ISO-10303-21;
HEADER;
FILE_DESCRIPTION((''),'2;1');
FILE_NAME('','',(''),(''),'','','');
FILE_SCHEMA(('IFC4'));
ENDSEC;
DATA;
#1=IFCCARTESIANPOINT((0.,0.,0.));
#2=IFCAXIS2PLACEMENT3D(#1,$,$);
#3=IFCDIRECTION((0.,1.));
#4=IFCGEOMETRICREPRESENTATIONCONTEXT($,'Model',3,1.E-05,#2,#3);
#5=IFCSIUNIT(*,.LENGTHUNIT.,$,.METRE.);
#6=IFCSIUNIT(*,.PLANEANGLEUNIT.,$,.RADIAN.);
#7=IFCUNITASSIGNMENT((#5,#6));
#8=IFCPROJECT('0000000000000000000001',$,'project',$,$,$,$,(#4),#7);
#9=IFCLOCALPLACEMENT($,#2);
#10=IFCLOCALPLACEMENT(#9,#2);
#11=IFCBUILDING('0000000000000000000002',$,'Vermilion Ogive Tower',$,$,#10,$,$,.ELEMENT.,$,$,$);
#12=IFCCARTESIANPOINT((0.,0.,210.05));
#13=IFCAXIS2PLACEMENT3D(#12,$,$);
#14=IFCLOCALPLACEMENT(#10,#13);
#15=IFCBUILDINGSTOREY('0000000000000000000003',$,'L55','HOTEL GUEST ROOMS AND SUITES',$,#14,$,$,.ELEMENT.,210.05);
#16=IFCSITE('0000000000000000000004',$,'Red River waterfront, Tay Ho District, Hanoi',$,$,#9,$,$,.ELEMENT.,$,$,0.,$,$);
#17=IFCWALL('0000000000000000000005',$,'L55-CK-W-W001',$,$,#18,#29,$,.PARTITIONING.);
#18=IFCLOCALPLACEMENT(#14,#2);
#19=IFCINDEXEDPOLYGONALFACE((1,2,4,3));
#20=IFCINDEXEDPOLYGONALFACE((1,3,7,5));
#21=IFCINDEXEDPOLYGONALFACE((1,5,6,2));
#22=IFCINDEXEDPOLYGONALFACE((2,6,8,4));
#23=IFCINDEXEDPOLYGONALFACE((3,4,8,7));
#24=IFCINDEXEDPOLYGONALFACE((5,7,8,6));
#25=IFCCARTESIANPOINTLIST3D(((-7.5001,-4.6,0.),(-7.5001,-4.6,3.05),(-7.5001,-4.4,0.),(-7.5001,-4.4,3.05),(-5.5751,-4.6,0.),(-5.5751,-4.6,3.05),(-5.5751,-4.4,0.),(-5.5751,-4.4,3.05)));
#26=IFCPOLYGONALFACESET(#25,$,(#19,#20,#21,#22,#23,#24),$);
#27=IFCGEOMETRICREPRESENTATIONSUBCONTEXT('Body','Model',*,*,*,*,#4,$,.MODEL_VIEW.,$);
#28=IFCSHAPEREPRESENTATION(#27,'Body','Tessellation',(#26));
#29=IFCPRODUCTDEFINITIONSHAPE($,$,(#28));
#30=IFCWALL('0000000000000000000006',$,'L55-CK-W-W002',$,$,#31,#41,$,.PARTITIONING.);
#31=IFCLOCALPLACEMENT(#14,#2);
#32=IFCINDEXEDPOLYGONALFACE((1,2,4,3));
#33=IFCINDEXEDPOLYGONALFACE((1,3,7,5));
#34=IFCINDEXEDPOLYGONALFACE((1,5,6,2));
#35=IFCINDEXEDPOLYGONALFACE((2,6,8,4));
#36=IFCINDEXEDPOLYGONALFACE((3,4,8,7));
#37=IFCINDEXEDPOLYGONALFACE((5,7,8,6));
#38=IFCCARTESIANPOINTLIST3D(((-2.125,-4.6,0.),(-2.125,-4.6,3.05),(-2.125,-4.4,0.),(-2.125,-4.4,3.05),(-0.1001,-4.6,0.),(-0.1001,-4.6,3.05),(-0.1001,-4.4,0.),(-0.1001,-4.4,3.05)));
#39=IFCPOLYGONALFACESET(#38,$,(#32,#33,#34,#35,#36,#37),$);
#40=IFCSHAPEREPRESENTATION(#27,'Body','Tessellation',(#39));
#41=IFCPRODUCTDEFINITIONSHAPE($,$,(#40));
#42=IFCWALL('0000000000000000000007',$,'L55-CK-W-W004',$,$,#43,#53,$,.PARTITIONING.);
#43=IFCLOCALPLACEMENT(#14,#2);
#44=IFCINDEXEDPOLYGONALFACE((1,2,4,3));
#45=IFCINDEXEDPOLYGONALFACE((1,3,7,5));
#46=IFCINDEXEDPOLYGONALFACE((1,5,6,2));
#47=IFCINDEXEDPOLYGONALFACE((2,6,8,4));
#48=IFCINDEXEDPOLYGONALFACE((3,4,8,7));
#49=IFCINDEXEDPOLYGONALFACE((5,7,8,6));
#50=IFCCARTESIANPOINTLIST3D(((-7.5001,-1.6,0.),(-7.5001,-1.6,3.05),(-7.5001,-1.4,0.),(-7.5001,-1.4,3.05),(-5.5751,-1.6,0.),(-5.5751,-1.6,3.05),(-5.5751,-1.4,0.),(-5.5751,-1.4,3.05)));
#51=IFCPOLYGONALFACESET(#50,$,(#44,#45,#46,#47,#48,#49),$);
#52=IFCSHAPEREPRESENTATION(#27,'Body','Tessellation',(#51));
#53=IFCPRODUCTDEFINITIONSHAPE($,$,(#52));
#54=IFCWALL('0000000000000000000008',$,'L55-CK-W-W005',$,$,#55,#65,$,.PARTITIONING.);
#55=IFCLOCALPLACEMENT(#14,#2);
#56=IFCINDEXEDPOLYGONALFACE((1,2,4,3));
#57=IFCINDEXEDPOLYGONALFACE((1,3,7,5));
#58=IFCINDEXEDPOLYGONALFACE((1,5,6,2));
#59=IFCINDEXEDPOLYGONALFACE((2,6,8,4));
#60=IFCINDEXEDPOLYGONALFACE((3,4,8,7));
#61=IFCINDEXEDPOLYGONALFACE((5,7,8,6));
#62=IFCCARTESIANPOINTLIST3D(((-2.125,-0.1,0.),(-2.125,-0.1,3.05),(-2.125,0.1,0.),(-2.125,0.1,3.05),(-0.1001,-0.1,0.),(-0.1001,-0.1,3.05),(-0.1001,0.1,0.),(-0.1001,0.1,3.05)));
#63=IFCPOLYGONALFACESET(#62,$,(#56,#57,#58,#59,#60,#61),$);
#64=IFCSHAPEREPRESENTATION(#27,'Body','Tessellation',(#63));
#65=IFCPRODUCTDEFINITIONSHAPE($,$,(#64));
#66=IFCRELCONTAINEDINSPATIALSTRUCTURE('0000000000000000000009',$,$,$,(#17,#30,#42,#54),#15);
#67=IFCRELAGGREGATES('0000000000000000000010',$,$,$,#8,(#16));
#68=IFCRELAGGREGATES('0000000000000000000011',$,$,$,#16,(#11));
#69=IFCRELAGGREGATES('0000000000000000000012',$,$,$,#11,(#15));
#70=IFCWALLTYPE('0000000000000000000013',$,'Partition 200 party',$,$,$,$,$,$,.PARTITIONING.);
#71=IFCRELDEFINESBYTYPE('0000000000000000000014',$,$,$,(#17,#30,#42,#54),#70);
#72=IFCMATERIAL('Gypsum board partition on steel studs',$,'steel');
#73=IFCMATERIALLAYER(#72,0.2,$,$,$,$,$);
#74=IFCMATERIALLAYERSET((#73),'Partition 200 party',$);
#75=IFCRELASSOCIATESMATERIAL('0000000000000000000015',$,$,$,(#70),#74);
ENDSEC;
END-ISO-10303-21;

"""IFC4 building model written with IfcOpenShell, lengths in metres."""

from ifc_helpers import new_model, si_unit, direction, frame, frame_2d, origin, place, context, subcontext, project, spatial, rectangle, extrude, material, layer, layer_set, type_object, element, save


model = new_model("IFC4")

# Units and contexts
model_context = context("Model", 3, precision=1e-05, world=origin(), true_north=direction((0.0, 1.0)))
body_context = subcontext(model_context, "Body", "Model", "MODEL_VIEW")
ifc_project = project(units=[si_unit("LENGTHUNIT", "METRE"), si_unit("PLANEANGLEUNIT", "RADIAN")], contexts=[model_context])

# Site, building, storey
site_placement = place(None, origin())
site = spatial("IfcSite", under=ifc_project, at=site_placement, Name="Red River waterfront, Tay Ho District, Hanoi", CompositionType="ELEMENT", RefElevation=0.0)
building_placement = place(site_placement, origin())
building = spatial("IfcBuilding", under=site, at=building_placement, Name="Vermilion Ogive Tower", CompositionType="ELEMENT")
storey_placement = place(building_placement, frame((0.0, 0.0, 210.05)))
storey = spatial("IfcBuildingStorey", under=building, at=storey_placement, Name="L55", Description="HOTEL GUEST ROOMS AND SUITES", CompositionType="ELEMENT", Elevation=210.05)

# Walls
ifc_material_1 = material(Name="Gypsum board partition on steel studs", Category="steel")
ifc_layer_1 = layer(ifc_material_1, 0.2)
ifc_layer_set_1 = layer_set([ifc_layer_1], Name="Partition 200 party")
wall_type_1 = type_object("IfcWallType", Name="Partition 200 party", PredefinedType="PARTITIONING", material=ifc_layer_set_1)
wall_1_placement = place(storey_placement, frame((-7.5, -4.5, 0.0), z_axis=(0.0, 0.0, 1.0), x_axis=(1.0, 0.0, 0.0)))
element("IfcWall", 1, at=wall_1_placement, inside=storey, type_object=wall_type_1, Name="L55-CK-W-W001", PredefinedType="PARTITIONING", context=body_context, shape_type="SweptSolid", body=[
    extrude(rectangle(XDim=1.925, YDim=0.2, at=frame_2d((0.9624, 0.0))), origin(), (0.0, 0.0, 1.0), 3.05),
])
wall_2_placement = place(storey_placement, frame((-2.125, -4.5, 0.0), z_axis=(0.0, 0.0, 1.0), x_axis=(1.0, 0.0, 0.0)))
element("IfcWall", 2, at=wall_2_placement, inside=storey, type_object=wall_type_1, Name="L55-CK-W-W002", PredefinedType="PARTITIONING", context=body_context, shape_type="SweptSolid", body=[
    extrude(rectangle(XDim=2.0249, YDim=0.2, at=frame_2d((1.0125, 0.0))), origin(), (0.0, 0.0, 1.0), 3.05),
])
wall_3_placement = place(storey_placement, frame((-7.5, -1.5, 0.0), z_axis=(0.0, 0.0, 1.0), x_axis=(1.0, 0.0, 0.0)))
element("IfcWall", 3, at=wall_3_placement, inside=storey, type_object=wall_type_1, Name="L55-CK-W-W004", PredefinedType="PARTITIONING", context=body_context, shape_type="SweptSolid", body=[
    extrude(rectangle(XDim=1.925, YDim=0.2, at=frame_2d((0.9624, 0.0))), origin(), (0.0, 0.0, 1.0), 3.05),
])
wall_4_placement = place(storey_placement, frame((-2.125, 0.0, 0.0), z_axis=(0.0, 0.0, 1.0), x_axis=(1.0, 0.0, 0.0)))
element("IfcWall", 4, at=wall_4_placement, inside=storey, type_object=wall_type_1, Name="L55-CK-W-W005", PredefinedType="PARTITIONING", context=body_context, shape_type="SweptSolid", body=[
    extrude(rectangle(XDim=2.0249, YDim=0.2, at=frame_2d((1.0125, 0.0))), origin(), (0.0, 0.0, 1.0), 3.05),
])

save(model, "model.ifc")
